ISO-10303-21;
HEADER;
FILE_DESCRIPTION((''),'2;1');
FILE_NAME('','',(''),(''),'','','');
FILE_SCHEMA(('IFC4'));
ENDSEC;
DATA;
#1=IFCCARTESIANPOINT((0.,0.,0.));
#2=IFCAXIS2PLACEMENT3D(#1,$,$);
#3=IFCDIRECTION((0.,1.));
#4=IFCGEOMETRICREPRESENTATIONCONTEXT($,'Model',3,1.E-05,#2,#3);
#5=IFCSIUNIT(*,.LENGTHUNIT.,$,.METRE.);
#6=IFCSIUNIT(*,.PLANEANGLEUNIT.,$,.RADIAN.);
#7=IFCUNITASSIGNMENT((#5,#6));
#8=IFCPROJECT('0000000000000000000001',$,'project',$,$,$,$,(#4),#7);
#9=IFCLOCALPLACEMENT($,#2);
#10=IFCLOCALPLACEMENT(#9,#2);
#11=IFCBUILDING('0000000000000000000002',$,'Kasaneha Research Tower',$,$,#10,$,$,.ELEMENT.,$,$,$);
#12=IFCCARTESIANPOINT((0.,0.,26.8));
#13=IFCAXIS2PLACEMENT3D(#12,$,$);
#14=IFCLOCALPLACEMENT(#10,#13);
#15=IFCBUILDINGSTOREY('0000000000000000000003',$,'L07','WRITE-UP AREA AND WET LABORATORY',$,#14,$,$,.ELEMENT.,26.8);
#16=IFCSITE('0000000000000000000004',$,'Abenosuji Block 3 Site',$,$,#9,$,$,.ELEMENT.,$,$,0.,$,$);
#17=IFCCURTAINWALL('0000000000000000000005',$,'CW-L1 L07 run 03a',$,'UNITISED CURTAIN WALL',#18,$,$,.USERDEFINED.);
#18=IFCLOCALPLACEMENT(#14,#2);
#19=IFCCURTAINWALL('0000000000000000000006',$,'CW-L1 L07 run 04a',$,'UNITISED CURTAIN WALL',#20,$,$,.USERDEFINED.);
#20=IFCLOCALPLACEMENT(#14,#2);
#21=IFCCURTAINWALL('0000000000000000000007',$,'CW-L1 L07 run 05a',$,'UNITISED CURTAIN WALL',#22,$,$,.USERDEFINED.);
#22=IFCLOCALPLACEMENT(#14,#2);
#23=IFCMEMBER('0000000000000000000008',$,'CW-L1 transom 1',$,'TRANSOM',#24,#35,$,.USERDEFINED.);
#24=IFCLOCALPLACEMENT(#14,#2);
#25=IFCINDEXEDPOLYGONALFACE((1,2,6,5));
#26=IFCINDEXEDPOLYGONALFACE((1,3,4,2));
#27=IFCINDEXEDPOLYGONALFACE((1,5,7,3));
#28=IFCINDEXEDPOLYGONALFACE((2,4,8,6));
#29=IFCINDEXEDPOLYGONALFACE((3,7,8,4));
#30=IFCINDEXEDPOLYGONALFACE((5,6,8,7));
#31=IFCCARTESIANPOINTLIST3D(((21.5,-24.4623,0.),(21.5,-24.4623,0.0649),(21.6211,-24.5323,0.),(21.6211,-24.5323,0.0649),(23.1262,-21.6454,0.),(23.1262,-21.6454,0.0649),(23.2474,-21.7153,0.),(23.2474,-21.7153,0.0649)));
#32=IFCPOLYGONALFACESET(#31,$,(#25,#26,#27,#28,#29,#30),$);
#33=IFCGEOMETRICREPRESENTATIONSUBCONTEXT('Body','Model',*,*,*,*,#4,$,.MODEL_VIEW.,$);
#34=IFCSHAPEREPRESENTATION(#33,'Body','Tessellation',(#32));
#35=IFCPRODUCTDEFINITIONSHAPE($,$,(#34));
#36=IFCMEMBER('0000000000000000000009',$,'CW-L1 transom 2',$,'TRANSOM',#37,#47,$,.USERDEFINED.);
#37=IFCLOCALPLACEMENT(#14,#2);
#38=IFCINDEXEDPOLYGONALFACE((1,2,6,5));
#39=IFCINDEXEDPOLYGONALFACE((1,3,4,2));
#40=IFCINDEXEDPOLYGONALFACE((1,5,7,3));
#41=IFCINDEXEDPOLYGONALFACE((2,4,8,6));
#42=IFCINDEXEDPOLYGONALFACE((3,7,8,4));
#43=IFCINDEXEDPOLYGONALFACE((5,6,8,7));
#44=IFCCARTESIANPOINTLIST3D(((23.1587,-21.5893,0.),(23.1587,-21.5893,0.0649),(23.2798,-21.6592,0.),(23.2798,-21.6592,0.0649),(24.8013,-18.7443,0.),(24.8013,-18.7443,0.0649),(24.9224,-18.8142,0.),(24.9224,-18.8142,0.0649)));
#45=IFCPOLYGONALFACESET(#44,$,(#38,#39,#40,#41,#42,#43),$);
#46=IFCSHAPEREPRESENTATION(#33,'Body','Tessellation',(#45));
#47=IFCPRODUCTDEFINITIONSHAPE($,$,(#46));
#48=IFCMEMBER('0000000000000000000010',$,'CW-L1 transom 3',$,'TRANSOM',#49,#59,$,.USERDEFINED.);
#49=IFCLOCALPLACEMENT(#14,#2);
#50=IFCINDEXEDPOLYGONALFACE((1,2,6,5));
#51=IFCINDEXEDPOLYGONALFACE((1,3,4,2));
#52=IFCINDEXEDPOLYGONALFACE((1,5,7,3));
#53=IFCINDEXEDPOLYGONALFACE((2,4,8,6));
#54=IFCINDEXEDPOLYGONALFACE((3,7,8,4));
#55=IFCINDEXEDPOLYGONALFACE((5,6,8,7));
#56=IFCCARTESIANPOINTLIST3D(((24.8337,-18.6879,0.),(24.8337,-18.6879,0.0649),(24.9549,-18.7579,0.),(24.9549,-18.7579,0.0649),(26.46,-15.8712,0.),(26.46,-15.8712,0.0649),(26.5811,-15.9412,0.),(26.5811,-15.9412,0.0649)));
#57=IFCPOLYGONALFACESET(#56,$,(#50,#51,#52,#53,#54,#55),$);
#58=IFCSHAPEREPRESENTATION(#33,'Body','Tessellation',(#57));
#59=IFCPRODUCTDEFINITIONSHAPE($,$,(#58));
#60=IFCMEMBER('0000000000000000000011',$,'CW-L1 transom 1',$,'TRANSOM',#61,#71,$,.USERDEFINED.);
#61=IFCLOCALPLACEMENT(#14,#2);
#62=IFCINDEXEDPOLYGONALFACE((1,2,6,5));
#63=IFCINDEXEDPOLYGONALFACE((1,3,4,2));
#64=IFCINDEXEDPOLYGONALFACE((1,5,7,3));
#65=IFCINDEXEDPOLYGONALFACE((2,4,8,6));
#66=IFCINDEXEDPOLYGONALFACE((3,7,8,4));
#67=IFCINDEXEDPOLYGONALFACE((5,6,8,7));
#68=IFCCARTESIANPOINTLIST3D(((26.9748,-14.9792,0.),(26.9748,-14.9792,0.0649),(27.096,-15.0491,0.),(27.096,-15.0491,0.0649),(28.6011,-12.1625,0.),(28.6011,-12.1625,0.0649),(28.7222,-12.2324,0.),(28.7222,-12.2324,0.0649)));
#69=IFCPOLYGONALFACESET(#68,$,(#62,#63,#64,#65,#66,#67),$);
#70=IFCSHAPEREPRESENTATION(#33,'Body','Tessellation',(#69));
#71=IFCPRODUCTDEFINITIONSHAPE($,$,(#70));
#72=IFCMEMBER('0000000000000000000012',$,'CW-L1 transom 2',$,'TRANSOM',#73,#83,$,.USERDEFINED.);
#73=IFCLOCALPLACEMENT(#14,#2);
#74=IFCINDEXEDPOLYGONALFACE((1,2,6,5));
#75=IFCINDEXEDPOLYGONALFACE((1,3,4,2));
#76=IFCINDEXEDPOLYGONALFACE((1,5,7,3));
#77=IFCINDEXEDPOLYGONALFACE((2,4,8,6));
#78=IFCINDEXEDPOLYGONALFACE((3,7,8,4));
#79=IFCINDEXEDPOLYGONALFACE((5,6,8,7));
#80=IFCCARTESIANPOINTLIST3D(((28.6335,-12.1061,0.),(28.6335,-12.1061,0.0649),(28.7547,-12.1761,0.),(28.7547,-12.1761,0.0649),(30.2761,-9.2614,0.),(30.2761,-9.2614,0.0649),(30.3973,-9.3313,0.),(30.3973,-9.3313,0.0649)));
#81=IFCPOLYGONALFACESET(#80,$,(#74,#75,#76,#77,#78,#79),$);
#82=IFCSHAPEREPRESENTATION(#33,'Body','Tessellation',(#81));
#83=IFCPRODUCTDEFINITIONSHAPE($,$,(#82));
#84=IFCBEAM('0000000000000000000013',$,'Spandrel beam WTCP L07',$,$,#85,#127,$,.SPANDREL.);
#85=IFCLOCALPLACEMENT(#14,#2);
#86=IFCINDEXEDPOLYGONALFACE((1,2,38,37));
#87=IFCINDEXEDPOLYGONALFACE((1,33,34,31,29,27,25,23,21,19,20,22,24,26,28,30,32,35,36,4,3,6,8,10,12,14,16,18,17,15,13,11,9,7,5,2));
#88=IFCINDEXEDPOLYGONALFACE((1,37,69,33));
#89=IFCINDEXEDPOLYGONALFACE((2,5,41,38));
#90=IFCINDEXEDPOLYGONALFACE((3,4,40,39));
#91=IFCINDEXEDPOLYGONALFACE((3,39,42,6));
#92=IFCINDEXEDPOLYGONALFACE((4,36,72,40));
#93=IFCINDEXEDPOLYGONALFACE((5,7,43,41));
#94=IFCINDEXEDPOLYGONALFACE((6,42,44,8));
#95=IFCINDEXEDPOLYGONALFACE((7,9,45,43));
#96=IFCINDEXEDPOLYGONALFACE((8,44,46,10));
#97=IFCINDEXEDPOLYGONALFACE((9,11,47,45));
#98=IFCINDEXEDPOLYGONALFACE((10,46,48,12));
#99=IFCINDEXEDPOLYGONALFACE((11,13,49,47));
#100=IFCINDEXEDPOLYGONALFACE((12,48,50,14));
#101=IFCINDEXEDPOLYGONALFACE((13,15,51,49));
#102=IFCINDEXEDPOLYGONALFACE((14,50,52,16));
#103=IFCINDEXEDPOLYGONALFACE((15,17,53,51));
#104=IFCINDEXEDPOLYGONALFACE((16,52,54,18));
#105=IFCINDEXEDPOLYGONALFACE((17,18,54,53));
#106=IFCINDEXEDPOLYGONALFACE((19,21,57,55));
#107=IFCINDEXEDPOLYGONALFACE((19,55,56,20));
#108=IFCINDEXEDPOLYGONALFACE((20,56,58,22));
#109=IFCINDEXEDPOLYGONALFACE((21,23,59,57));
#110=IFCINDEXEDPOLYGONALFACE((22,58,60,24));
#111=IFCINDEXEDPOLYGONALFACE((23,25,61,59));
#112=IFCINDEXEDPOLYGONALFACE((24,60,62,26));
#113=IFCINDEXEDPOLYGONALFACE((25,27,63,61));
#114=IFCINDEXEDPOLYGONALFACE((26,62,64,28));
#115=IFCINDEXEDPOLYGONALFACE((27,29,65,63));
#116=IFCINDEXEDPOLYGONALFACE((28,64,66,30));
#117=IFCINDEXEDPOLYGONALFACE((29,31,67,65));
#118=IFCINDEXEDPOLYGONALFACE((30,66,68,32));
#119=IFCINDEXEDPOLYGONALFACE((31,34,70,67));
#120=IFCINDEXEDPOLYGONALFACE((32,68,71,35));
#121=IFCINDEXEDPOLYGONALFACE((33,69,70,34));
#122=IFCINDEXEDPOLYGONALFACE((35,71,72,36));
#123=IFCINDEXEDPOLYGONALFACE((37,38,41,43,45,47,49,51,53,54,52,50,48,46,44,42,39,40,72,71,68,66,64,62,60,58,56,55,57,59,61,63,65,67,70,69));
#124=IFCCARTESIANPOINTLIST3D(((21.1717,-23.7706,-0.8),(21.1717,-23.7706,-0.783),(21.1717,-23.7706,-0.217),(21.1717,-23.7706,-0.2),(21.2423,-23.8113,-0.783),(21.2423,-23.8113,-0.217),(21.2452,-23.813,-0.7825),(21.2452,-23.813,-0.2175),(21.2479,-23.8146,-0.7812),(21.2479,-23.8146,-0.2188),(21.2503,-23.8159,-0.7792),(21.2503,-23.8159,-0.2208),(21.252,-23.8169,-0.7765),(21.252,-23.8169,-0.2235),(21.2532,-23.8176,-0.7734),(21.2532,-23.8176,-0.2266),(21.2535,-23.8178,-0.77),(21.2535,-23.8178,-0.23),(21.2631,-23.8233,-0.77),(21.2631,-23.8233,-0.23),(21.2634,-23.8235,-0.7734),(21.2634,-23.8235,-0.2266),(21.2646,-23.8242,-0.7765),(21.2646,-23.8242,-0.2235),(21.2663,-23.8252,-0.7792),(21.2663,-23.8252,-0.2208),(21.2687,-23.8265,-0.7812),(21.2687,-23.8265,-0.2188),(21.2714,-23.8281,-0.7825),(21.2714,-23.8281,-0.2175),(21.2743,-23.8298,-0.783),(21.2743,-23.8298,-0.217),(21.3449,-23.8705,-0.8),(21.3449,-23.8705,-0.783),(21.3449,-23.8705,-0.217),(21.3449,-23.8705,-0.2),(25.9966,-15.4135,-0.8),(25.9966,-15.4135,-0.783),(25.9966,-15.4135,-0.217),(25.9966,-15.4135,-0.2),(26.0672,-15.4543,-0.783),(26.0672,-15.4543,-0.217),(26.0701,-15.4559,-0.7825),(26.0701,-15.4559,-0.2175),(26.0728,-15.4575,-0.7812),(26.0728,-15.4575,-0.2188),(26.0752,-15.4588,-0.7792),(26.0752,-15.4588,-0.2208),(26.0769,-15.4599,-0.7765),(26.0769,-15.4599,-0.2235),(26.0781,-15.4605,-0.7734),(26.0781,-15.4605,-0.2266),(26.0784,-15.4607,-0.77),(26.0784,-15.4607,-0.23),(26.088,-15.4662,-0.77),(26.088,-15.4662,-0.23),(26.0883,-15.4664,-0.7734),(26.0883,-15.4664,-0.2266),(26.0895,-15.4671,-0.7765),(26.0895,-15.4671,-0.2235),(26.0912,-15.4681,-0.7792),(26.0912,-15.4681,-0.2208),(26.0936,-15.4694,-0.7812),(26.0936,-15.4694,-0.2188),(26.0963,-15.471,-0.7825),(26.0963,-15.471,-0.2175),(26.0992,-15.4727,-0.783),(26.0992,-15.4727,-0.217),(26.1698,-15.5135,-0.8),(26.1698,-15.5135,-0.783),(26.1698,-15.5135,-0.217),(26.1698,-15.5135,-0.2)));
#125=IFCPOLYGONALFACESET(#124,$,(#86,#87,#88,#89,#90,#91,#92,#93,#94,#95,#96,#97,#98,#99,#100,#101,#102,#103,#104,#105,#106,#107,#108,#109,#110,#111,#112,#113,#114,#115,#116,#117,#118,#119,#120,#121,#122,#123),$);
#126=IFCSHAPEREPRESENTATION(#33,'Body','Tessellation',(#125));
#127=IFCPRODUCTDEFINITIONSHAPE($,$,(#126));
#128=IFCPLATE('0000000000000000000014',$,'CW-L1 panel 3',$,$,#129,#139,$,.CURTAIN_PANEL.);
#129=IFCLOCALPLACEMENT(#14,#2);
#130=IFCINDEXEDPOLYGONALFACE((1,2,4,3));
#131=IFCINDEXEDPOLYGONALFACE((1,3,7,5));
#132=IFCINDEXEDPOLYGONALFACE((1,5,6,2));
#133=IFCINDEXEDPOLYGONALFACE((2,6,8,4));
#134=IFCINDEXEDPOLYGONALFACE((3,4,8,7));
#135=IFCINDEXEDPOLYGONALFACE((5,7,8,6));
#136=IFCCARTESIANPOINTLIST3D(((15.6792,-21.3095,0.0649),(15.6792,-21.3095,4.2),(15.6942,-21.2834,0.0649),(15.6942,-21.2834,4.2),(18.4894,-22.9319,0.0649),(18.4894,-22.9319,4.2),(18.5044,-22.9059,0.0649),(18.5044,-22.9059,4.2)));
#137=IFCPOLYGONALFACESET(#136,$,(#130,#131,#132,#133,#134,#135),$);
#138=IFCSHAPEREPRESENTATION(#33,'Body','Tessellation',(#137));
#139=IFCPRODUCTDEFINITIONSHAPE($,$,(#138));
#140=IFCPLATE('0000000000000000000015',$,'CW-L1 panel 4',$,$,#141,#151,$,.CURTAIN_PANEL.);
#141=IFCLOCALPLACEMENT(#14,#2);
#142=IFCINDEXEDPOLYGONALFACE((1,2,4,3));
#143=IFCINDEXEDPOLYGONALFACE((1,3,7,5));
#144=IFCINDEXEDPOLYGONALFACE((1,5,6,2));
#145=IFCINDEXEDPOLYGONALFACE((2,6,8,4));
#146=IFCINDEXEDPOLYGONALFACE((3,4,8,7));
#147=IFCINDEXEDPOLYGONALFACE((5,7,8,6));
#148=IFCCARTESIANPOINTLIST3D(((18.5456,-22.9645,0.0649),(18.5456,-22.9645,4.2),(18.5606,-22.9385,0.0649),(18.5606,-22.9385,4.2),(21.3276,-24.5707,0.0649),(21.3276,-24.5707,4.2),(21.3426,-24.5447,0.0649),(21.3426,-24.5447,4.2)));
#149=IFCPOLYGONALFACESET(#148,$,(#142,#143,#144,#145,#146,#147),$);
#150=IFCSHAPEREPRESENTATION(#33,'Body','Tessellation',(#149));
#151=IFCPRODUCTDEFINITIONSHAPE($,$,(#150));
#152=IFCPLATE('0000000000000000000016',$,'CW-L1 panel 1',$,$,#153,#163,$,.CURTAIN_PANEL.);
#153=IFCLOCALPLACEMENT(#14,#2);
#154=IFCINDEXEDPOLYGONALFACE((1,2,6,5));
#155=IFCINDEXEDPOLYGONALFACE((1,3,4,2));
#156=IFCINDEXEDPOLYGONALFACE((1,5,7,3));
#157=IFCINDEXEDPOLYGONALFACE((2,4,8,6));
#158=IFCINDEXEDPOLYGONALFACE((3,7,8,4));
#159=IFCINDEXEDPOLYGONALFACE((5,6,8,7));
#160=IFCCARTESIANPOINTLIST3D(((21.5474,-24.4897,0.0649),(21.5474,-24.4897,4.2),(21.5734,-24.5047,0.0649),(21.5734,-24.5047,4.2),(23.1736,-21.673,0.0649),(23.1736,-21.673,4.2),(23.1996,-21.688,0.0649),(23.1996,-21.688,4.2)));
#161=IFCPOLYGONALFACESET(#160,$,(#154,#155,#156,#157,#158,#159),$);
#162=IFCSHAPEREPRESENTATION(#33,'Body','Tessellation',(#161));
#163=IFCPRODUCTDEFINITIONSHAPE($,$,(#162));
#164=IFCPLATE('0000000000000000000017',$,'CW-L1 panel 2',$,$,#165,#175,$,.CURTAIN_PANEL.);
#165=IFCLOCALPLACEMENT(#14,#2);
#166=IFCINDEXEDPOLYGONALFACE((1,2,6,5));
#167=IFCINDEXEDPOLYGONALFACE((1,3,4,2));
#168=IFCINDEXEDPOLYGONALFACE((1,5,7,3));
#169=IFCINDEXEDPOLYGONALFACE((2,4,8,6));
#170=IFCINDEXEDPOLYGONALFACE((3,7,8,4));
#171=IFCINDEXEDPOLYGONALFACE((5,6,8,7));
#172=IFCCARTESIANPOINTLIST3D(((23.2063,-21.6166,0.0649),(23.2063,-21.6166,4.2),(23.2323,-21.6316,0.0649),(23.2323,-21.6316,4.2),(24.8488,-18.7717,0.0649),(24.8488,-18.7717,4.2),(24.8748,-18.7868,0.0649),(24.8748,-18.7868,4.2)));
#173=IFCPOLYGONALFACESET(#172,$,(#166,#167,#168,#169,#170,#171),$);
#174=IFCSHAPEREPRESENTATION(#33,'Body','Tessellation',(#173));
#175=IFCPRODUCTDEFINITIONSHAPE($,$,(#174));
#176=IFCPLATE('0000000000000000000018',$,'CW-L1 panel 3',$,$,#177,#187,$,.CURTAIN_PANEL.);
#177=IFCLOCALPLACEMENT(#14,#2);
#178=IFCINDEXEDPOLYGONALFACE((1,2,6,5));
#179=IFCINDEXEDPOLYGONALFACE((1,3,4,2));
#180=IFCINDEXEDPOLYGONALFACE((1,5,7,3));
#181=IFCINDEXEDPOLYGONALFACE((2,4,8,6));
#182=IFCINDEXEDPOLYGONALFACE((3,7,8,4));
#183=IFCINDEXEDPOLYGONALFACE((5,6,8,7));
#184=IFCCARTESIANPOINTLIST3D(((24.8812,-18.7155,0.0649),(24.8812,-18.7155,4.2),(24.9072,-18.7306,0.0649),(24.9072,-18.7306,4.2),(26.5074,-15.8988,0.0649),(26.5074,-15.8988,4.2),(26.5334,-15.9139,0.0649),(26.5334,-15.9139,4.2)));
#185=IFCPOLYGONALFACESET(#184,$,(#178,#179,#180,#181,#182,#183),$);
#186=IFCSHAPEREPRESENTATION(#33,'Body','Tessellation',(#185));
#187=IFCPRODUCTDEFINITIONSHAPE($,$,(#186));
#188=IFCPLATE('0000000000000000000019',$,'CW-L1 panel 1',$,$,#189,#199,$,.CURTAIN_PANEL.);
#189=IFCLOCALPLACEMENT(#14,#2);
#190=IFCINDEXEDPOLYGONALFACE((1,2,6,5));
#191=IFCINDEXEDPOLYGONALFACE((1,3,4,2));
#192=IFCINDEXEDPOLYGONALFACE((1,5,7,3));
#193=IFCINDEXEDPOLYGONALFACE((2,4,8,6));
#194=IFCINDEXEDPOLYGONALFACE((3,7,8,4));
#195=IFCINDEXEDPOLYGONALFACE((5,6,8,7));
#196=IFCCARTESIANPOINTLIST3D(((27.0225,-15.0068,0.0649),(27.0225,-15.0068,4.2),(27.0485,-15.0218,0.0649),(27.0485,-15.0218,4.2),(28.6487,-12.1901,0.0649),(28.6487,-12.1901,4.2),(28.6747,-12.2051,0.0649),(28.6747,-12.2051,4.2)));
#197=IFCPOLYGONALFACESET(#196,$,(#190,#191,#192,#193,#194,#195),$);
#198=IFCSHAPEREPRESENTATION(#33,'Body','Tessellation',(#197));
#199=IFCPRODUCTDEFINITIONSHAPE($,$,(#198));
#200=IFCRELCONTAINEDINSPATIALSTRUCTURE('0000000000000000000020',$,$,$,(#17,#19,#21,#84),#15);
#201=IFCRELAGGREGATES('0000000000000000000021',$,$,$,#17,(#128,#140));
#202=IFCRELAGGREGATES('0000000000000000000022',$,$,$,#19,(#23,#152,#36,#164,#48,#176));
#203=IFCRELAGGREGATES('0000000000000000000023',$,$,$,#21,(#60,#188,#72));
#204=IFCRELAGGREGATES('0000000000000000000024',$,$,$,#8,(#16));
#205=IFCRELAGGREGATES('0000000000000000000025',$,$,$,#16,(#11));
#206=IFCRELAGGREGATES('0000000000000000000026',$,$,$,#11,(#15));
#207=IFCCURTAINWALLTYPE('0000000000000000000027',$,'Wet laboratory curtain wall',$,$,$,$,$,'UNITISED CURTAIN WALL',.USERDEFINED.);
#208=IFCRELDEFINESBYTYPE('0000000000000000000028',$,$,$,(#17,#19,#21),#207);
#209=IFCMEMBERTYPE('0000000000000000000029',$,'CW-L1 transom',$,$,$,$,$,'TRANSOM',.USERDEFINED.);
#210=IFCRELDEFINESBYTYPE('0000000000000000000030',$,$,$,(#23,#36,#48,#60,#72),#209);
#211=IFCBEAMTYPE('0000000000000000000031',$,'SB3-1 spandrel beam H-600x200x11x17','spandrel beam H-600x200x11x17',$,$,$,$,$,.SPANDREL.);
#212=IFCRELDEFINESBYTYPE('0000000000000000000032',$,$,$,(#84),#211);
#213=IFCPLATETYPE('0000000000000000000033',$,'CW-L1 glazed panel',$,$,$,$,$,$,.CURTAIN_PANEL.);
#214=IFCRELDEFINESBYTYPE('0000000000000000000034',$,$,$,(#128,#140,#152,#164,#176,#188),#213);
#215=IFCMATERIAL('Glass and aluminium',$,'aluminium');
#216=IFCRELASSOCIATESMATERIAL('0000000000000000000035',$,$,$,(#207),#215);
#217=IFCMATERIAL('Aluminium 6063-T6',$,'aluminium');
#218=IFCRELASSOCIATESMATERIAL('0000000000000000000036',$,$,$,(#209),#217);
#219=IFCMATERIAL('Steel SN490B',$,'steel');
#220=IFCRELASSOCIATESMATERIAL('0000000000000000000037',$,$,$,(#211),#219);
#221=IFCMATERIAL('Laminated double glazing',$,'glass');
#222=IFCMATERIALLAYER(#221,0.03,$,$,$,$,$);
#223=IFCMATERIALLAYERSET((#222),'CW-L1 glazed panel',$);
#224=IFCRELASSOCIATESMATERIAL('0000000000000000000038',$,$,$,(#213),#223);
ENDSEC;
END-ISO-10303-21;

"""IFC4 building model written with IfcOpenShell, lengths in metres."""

from ifc_helpers import new_model, si_unit, direction, frame, origin, origin_2d, place, context, subcontext, project, spatial, rectangle, i_section, extrude, material, layer, layer_set, material_profile, profile_set, type_object, element, aggregate, save


model = new_model("IFC4")

# Units and contexts
model_context = context("Model", 3, precision=1e-05, world=origin(), true_north=direction((0.0, 1.0)))
body_context = subcontext(model_context, "Body", "Model", "MODEL_VIEW")
ifc_project = project(units=[si_unit("LENGTHUNIT", "METRE"), si_unit("PLANEANGLEUNIT", "RADIAN")], contexts=[model_context])

# Site, building, storey
site_placement = place(None, origin())
site = spatial("IfcSite", under=ifc_project, at=site_placement, Name="Abenosuji Block 3 Site", CompositionType="ELEMENT", RefElevation=0.0)
building_placement = place(site_placement, origin())
building = spatial("IfcBuilding", under=site, at=building_placement, Name="Kasaneha Research Tower", CompositionType="ELEMENT")
storey_placement = place(building_placement, frame((0.0, 0.0, 26.8)))
storey = spatial("IfcBuildingStorey", under=building, at=storey_placement, Name="L07", Description="WRITE-UP AREA AND WET LABORATORY", CompositionType="ELEMENT", Elevation=26.8)

# Curtain walls
ifc_material_1 = material(Name="Glass and aluminium", Category="aluminium")
curtain_wall_type = type_object("IfcCurtainWallType", Name="Wet laboratory curtain wall", ElementType="UNITISED CURTAIN WALL", PredefinedType="USERDEFINED", material=ifc_material_1)
curtain_wall_1_placement = place(storey_placement, origin())
curtain_wall_1 = element("IfcCurtainWall", 1, at=curtain_wall_1_placement, inside=storey, type_object=curtain_wall_type, Name="CW-L1 L07 run 03a", ObjectType="UNITISED CURTAIN WALL", PredefinedType="USERDEFINED")
curtain_wall_2_placement = place(storey_placement, origin())
curtain_wall_2 = element("IfcCurtainWall", 2, at=curtain_wall_2_placement, inside=storey, type_object=curtain_wall_type, Name="CW-L1 L07 run 04a", ObjectType="UNITISED CURTAIN WALL", PredefinedType="USERDEFINED")
curtain_wall_3_placement = place(storey_placement, origin())
curtain_wall_3 = element("IfcCurtainWall", 3, at=curtain_wall_3_placement, inside=storey, type_object=curtain_wall_type, Name="CW-L1 L07 run 05a", ObjectType="UNITISED CURTAIN WALL", PredefinedType="USERDEFINED")

# Members
ifc_material_2 = material(Name="Aluminium 6063-T6", Category="aluminium")
ifc_material_profile_1 = material_profile(ifc_material_2, rectangle(XDim=0.1399, YDim=0.0649, at=origin_2d()), Name="CW-L1 transom 140x65")
ifc_profile_set_1 = profile_set([ifc_material_profile_1], Name="Aluminium 6063-T6")
member_type_1 = type_object("IfcMemberType", Name="CW-L1 transom", ElementType="TRANSOM", PredefinedType="USERDEFINED", material=ifc_profile_set_1)
member_1_placement = place(storey_placement, frame((21.5605, -24.4973, 0.0325), z_axis=(0.499974, 0.866041, 0.0), x_axis=(-0.866041, 0.499974, 0.0)))
member_1 = element("IfcMember", 4, at=member_1_placement, type_object=member_type_1, Name="CW-L1 transom 1", ObjectType="TRANSOM", PredefinedType="USERDEFINED", context=body_context, shape_type="SweptSolid", body=[
    extrude(rectangle(XDim=0.1399, YDim=0.0649, at=origin_2d()), origin(), (0.0, 0.0, 1.0), 3.2527),
])
member_2_placement = place(storey_placement, frame((23.2192, -21.6243, 0.0325), z_axis=(0.500008, 0.866021, 0.0), x_axis=(-0.866021, 0.500008, 0.0)))
member_2 = element("IfcMember", 5, at=member_2_placement, type_object=member_type_1, Name="CW-L1 transom 2", ObjectType="TRANSOM", PredefinedType="USERDEFINED", context=body_context, shape_type="SweptSolid", body=[
    extrude(rectangle(XDim=0.1399, YDim=0.0649, at=origin_2d()), origin(), (0.0, 0.0, 1.0), 3.2852),
])
member_3_placement = place(storey_placement, frame((24.8943, -18.7229, 0.0325), z_axis=(0.500006, 0.866022, 0.0), x_axis=(-0.866022, 0.500006, 0.0)))
member_3 = element("IfcMember", 6, at=member_3_placement, type_object=member_type_1, Name="CW-L1 transom 3", ObjectType="TRANSOM", PredefinedType="USERDEFINED", context=body_context, shape_type="SweptSolid", body=[
    extrude(rectangle(XDim=0.1399, YDim=0.0649, at=origin_2d()), origin(), (0.0, 0.0, 1.0), 3.2524),
])
member_4_placement = place(storey_placement, frame((27.0354, -15.0142, 0.0325), z_axis=(0.500006, 0.866022, 0.0), x_axis=(-0.866022, 0.500006, 0.0)))
member_4 = element("IfcMember", 7, at=member_4_placement, type_object=member_type_1, Name="CW-L1 transom 1", ObjectType="TRANSOM", PredefinedType="USERDEFINED", context=body_context, shape_type="SweptSolid", body=[
    extrude(rectangle(XDim=0.1399, YDim=0.0649, at=origin_2d()), origin(), (0.0, 0.0, 1.0), 3.2524),
])
member_5_placement = place(storey_placement, frame((28.6941, -12.1411, 0.0325), z_axis=(0.50004, 0.866002, 0.0), x_axis=(-0.866002, 0.50004, 0.0)))
member_5 = element("IfcMember", 8, at=member_5_placement, type_object=member_type_1, Name="CW-L1 transom 2", ObjectType="TRANSOM", PredefinedType="USERDEFINED", context=body_context, shape_type="SweptSolid", body=[
    extrude(rectangle(XDim=0.1399, YDim=0.0649, at=origin_2d()), origin(), (0.0, 0.0, 1.0), 3.2849),
])

# Beam
ifc_material_3 = material(Name="Steel SN490B", Category="steel")
ifc_material_profile_2 = material_profile(ifc_material_3, i_section(OverallWidth=0.2, OverallDepth=0.6001, WebThickness=0.011, FlangeThickness=0.0171, FilletRadius=0.0129, at=origin_2d()), Name="H-600x200x11x17")
ifc_profile_set_2 = profile_set([ifc_material_profile_2], Name="Steel SN490B")
beam_type_1 = type_object("IfcBeamType", Name="SB3-1 spandrel beam H-600x200x11x17", Description="spandrel beam H-600x200x11x17", PredefinedType="SPANDREL", material=ifc_profile_set_2)
beam_1_placement = place(storey_placement, frame((21.2583, -23.8206, -0.5), z_axis=(0.499995, 0.866028, 0.0), x_axis=(-0.866028, 0.499995, 0.0)))
element("IfcBeam", 9, at=beam_1_placement, inside=storey, type_object=beam_type_1, Name="Spandrel beam WTCP L07", PredefinedType="SPANDREL", context=body_context, shape_type="SweptSolid", body=[
    extrude(i_section(OverallWidth=0.2, OverallDepth=0.6001, WebThickness=0.011, FlangeThickness=0.0171, FilletRadius=0.0129, at=origin_2d()), origin(), (0.0, 0.0, 1.0), 9.6499),
])

# Plates
ifc_material_4 = material(Name="Laminated double glazing", Category="glass")
ifc_layer_1 = layer(ifc_material_4, 0.03)
ifc_layer_set_1 = layer_set([ifc_layer_1], Name="CW-L1 glazed panel")
plate_type = type_object("IfcPlateType", Name="CW-L1 glazed panel", PredefinedType="CURTAIN_PANEL", material=ifc_layer_set_1)
plate_1_placement = place(storey_placement, frame((17.0918, -22.1077, 0.0649), z_axis=(0.0, 0.0, 1.0), x_axis=(0.866025, -0.5, 0.0)))
plate_1 = element("IfcPlate", 10, at=plate_1_placement, type_object=plate_type, Name="CW-L1 panel 3", PredefinedType="CURTAIN_PANEL", context=body_context, shape_type="SweptSolid", body=[
    extrude(rectangle(XDim=3.2449, YDim=0.03, at=origin_2d()), origin(), (0.0, 0.0, 1.0), 4.135),
])
plate_2_placement = place(storey_placement, frame((19.9441, -23.7546, 0.0649), z_axis=(0.0, 0.0, 1.0), x_axis=(0.866025, -0.5, 0.0)))
plate_2 = element("IfcPlate", 11, at=plate_2_placement, type_object=plate_type, Name="CW-L1 panel 4", PredefinedType="CURTAIN_PANEL", context=body_context, shape_type="SweptSolid", body=[
    extrude(rectangle(XDim=3.2124, YDim=0.03, at=origin_2d()), origin(), (0.0, 0.0, 1.0), 4.135),
])
aggregate(curtain_wall_1, [plate_1, plate_2])
plate_3_placement = place(storey_placement, frame((22.3735, -23.0889, 0.0649), z_axis=(0.0, 0.0, 1.0), x_axis=(0.5, 0.866025, 0.0)))
plate_3 = element("IfcPlate", 12, at=plate_3_placement, type_object=plate_type, Name="CW-L1 panel 1", PredefinedType="CURTAIN_PANEL", context=body_context, shape_type="SweptSolid", body=[
    extrude(rectangle(XDim=3.2524, YDim=0.03, at=origin_2d()), origin(), (0.0, 0.0, 1.0), 4.135),
])
plate_4_placement = place(storey_placement, frame((24.0405, -20.2017, 0.0649), z_axis=(0.0, 0.0, 1.0), x_axis=(0.5, 0.866025, 0.0)))
plate_4 = element("IfcPlate", 13, at=plate_4_placement, type_object=plate_type, Name="CW-L1 panel 2", PredefinedType="CURTAIN_PANEL", context=body_context, shape_type="SweptSolid", body=[
    extrude(rectangle(XDim=3.2849, YDim=0.03, at=origin_2d()), origin(), (0.0, 0.0, 1.0), 4.135),
])
plate_5_placement = place(storey_placement, frame((25.7073, -17.3147, 0.0649), z_axis=(0.0, 0.0, 1.0), x_axis=(0.5, 0.866025, 0.0)))
plate_5 = element("IfcPlate", 14, at=plate_5_placement, type_object=plate_type, Name="CW-L1 panel 3", PredefinedType="CURTAIN_PANEL", context=body_context, shape_type="SweptSolid", body=[
    extrude(rectangle(XDim=3.2524, YDim=0.03, at=origin_2d()), origin(), (0.0, 0.0, 1.0), 4.135),
])
aggregate(curtain_wall_2, [member_1, plate_3, member_2, plate_4, member_3, plate_5])
plate_6_placement = place(storey_placement, frame((27.8486, -13.606, 0.0649), z_axis=(0.0, 0.0, 1.0), x_axis=(0.5, 0.866025, 0.0)))
plate_6 = element("IfcPlate", 15, at=plate_6_placement, type_object=plate_type, Name="CW-L1 panel 1", PredefinedType="CURTAIN_PANEL", context=body_context, shape_type="SweptSolid", body=[
    extrude(rectangle(XDim=3.2524, YDim=0.03, at=origin_2d()), origin(), (0.0, 0.0, 1.0), 4.135),
])
aggregate(curtain_wall_3, [member_4, plate_6, member_5])

save(model, "model.ifc")
